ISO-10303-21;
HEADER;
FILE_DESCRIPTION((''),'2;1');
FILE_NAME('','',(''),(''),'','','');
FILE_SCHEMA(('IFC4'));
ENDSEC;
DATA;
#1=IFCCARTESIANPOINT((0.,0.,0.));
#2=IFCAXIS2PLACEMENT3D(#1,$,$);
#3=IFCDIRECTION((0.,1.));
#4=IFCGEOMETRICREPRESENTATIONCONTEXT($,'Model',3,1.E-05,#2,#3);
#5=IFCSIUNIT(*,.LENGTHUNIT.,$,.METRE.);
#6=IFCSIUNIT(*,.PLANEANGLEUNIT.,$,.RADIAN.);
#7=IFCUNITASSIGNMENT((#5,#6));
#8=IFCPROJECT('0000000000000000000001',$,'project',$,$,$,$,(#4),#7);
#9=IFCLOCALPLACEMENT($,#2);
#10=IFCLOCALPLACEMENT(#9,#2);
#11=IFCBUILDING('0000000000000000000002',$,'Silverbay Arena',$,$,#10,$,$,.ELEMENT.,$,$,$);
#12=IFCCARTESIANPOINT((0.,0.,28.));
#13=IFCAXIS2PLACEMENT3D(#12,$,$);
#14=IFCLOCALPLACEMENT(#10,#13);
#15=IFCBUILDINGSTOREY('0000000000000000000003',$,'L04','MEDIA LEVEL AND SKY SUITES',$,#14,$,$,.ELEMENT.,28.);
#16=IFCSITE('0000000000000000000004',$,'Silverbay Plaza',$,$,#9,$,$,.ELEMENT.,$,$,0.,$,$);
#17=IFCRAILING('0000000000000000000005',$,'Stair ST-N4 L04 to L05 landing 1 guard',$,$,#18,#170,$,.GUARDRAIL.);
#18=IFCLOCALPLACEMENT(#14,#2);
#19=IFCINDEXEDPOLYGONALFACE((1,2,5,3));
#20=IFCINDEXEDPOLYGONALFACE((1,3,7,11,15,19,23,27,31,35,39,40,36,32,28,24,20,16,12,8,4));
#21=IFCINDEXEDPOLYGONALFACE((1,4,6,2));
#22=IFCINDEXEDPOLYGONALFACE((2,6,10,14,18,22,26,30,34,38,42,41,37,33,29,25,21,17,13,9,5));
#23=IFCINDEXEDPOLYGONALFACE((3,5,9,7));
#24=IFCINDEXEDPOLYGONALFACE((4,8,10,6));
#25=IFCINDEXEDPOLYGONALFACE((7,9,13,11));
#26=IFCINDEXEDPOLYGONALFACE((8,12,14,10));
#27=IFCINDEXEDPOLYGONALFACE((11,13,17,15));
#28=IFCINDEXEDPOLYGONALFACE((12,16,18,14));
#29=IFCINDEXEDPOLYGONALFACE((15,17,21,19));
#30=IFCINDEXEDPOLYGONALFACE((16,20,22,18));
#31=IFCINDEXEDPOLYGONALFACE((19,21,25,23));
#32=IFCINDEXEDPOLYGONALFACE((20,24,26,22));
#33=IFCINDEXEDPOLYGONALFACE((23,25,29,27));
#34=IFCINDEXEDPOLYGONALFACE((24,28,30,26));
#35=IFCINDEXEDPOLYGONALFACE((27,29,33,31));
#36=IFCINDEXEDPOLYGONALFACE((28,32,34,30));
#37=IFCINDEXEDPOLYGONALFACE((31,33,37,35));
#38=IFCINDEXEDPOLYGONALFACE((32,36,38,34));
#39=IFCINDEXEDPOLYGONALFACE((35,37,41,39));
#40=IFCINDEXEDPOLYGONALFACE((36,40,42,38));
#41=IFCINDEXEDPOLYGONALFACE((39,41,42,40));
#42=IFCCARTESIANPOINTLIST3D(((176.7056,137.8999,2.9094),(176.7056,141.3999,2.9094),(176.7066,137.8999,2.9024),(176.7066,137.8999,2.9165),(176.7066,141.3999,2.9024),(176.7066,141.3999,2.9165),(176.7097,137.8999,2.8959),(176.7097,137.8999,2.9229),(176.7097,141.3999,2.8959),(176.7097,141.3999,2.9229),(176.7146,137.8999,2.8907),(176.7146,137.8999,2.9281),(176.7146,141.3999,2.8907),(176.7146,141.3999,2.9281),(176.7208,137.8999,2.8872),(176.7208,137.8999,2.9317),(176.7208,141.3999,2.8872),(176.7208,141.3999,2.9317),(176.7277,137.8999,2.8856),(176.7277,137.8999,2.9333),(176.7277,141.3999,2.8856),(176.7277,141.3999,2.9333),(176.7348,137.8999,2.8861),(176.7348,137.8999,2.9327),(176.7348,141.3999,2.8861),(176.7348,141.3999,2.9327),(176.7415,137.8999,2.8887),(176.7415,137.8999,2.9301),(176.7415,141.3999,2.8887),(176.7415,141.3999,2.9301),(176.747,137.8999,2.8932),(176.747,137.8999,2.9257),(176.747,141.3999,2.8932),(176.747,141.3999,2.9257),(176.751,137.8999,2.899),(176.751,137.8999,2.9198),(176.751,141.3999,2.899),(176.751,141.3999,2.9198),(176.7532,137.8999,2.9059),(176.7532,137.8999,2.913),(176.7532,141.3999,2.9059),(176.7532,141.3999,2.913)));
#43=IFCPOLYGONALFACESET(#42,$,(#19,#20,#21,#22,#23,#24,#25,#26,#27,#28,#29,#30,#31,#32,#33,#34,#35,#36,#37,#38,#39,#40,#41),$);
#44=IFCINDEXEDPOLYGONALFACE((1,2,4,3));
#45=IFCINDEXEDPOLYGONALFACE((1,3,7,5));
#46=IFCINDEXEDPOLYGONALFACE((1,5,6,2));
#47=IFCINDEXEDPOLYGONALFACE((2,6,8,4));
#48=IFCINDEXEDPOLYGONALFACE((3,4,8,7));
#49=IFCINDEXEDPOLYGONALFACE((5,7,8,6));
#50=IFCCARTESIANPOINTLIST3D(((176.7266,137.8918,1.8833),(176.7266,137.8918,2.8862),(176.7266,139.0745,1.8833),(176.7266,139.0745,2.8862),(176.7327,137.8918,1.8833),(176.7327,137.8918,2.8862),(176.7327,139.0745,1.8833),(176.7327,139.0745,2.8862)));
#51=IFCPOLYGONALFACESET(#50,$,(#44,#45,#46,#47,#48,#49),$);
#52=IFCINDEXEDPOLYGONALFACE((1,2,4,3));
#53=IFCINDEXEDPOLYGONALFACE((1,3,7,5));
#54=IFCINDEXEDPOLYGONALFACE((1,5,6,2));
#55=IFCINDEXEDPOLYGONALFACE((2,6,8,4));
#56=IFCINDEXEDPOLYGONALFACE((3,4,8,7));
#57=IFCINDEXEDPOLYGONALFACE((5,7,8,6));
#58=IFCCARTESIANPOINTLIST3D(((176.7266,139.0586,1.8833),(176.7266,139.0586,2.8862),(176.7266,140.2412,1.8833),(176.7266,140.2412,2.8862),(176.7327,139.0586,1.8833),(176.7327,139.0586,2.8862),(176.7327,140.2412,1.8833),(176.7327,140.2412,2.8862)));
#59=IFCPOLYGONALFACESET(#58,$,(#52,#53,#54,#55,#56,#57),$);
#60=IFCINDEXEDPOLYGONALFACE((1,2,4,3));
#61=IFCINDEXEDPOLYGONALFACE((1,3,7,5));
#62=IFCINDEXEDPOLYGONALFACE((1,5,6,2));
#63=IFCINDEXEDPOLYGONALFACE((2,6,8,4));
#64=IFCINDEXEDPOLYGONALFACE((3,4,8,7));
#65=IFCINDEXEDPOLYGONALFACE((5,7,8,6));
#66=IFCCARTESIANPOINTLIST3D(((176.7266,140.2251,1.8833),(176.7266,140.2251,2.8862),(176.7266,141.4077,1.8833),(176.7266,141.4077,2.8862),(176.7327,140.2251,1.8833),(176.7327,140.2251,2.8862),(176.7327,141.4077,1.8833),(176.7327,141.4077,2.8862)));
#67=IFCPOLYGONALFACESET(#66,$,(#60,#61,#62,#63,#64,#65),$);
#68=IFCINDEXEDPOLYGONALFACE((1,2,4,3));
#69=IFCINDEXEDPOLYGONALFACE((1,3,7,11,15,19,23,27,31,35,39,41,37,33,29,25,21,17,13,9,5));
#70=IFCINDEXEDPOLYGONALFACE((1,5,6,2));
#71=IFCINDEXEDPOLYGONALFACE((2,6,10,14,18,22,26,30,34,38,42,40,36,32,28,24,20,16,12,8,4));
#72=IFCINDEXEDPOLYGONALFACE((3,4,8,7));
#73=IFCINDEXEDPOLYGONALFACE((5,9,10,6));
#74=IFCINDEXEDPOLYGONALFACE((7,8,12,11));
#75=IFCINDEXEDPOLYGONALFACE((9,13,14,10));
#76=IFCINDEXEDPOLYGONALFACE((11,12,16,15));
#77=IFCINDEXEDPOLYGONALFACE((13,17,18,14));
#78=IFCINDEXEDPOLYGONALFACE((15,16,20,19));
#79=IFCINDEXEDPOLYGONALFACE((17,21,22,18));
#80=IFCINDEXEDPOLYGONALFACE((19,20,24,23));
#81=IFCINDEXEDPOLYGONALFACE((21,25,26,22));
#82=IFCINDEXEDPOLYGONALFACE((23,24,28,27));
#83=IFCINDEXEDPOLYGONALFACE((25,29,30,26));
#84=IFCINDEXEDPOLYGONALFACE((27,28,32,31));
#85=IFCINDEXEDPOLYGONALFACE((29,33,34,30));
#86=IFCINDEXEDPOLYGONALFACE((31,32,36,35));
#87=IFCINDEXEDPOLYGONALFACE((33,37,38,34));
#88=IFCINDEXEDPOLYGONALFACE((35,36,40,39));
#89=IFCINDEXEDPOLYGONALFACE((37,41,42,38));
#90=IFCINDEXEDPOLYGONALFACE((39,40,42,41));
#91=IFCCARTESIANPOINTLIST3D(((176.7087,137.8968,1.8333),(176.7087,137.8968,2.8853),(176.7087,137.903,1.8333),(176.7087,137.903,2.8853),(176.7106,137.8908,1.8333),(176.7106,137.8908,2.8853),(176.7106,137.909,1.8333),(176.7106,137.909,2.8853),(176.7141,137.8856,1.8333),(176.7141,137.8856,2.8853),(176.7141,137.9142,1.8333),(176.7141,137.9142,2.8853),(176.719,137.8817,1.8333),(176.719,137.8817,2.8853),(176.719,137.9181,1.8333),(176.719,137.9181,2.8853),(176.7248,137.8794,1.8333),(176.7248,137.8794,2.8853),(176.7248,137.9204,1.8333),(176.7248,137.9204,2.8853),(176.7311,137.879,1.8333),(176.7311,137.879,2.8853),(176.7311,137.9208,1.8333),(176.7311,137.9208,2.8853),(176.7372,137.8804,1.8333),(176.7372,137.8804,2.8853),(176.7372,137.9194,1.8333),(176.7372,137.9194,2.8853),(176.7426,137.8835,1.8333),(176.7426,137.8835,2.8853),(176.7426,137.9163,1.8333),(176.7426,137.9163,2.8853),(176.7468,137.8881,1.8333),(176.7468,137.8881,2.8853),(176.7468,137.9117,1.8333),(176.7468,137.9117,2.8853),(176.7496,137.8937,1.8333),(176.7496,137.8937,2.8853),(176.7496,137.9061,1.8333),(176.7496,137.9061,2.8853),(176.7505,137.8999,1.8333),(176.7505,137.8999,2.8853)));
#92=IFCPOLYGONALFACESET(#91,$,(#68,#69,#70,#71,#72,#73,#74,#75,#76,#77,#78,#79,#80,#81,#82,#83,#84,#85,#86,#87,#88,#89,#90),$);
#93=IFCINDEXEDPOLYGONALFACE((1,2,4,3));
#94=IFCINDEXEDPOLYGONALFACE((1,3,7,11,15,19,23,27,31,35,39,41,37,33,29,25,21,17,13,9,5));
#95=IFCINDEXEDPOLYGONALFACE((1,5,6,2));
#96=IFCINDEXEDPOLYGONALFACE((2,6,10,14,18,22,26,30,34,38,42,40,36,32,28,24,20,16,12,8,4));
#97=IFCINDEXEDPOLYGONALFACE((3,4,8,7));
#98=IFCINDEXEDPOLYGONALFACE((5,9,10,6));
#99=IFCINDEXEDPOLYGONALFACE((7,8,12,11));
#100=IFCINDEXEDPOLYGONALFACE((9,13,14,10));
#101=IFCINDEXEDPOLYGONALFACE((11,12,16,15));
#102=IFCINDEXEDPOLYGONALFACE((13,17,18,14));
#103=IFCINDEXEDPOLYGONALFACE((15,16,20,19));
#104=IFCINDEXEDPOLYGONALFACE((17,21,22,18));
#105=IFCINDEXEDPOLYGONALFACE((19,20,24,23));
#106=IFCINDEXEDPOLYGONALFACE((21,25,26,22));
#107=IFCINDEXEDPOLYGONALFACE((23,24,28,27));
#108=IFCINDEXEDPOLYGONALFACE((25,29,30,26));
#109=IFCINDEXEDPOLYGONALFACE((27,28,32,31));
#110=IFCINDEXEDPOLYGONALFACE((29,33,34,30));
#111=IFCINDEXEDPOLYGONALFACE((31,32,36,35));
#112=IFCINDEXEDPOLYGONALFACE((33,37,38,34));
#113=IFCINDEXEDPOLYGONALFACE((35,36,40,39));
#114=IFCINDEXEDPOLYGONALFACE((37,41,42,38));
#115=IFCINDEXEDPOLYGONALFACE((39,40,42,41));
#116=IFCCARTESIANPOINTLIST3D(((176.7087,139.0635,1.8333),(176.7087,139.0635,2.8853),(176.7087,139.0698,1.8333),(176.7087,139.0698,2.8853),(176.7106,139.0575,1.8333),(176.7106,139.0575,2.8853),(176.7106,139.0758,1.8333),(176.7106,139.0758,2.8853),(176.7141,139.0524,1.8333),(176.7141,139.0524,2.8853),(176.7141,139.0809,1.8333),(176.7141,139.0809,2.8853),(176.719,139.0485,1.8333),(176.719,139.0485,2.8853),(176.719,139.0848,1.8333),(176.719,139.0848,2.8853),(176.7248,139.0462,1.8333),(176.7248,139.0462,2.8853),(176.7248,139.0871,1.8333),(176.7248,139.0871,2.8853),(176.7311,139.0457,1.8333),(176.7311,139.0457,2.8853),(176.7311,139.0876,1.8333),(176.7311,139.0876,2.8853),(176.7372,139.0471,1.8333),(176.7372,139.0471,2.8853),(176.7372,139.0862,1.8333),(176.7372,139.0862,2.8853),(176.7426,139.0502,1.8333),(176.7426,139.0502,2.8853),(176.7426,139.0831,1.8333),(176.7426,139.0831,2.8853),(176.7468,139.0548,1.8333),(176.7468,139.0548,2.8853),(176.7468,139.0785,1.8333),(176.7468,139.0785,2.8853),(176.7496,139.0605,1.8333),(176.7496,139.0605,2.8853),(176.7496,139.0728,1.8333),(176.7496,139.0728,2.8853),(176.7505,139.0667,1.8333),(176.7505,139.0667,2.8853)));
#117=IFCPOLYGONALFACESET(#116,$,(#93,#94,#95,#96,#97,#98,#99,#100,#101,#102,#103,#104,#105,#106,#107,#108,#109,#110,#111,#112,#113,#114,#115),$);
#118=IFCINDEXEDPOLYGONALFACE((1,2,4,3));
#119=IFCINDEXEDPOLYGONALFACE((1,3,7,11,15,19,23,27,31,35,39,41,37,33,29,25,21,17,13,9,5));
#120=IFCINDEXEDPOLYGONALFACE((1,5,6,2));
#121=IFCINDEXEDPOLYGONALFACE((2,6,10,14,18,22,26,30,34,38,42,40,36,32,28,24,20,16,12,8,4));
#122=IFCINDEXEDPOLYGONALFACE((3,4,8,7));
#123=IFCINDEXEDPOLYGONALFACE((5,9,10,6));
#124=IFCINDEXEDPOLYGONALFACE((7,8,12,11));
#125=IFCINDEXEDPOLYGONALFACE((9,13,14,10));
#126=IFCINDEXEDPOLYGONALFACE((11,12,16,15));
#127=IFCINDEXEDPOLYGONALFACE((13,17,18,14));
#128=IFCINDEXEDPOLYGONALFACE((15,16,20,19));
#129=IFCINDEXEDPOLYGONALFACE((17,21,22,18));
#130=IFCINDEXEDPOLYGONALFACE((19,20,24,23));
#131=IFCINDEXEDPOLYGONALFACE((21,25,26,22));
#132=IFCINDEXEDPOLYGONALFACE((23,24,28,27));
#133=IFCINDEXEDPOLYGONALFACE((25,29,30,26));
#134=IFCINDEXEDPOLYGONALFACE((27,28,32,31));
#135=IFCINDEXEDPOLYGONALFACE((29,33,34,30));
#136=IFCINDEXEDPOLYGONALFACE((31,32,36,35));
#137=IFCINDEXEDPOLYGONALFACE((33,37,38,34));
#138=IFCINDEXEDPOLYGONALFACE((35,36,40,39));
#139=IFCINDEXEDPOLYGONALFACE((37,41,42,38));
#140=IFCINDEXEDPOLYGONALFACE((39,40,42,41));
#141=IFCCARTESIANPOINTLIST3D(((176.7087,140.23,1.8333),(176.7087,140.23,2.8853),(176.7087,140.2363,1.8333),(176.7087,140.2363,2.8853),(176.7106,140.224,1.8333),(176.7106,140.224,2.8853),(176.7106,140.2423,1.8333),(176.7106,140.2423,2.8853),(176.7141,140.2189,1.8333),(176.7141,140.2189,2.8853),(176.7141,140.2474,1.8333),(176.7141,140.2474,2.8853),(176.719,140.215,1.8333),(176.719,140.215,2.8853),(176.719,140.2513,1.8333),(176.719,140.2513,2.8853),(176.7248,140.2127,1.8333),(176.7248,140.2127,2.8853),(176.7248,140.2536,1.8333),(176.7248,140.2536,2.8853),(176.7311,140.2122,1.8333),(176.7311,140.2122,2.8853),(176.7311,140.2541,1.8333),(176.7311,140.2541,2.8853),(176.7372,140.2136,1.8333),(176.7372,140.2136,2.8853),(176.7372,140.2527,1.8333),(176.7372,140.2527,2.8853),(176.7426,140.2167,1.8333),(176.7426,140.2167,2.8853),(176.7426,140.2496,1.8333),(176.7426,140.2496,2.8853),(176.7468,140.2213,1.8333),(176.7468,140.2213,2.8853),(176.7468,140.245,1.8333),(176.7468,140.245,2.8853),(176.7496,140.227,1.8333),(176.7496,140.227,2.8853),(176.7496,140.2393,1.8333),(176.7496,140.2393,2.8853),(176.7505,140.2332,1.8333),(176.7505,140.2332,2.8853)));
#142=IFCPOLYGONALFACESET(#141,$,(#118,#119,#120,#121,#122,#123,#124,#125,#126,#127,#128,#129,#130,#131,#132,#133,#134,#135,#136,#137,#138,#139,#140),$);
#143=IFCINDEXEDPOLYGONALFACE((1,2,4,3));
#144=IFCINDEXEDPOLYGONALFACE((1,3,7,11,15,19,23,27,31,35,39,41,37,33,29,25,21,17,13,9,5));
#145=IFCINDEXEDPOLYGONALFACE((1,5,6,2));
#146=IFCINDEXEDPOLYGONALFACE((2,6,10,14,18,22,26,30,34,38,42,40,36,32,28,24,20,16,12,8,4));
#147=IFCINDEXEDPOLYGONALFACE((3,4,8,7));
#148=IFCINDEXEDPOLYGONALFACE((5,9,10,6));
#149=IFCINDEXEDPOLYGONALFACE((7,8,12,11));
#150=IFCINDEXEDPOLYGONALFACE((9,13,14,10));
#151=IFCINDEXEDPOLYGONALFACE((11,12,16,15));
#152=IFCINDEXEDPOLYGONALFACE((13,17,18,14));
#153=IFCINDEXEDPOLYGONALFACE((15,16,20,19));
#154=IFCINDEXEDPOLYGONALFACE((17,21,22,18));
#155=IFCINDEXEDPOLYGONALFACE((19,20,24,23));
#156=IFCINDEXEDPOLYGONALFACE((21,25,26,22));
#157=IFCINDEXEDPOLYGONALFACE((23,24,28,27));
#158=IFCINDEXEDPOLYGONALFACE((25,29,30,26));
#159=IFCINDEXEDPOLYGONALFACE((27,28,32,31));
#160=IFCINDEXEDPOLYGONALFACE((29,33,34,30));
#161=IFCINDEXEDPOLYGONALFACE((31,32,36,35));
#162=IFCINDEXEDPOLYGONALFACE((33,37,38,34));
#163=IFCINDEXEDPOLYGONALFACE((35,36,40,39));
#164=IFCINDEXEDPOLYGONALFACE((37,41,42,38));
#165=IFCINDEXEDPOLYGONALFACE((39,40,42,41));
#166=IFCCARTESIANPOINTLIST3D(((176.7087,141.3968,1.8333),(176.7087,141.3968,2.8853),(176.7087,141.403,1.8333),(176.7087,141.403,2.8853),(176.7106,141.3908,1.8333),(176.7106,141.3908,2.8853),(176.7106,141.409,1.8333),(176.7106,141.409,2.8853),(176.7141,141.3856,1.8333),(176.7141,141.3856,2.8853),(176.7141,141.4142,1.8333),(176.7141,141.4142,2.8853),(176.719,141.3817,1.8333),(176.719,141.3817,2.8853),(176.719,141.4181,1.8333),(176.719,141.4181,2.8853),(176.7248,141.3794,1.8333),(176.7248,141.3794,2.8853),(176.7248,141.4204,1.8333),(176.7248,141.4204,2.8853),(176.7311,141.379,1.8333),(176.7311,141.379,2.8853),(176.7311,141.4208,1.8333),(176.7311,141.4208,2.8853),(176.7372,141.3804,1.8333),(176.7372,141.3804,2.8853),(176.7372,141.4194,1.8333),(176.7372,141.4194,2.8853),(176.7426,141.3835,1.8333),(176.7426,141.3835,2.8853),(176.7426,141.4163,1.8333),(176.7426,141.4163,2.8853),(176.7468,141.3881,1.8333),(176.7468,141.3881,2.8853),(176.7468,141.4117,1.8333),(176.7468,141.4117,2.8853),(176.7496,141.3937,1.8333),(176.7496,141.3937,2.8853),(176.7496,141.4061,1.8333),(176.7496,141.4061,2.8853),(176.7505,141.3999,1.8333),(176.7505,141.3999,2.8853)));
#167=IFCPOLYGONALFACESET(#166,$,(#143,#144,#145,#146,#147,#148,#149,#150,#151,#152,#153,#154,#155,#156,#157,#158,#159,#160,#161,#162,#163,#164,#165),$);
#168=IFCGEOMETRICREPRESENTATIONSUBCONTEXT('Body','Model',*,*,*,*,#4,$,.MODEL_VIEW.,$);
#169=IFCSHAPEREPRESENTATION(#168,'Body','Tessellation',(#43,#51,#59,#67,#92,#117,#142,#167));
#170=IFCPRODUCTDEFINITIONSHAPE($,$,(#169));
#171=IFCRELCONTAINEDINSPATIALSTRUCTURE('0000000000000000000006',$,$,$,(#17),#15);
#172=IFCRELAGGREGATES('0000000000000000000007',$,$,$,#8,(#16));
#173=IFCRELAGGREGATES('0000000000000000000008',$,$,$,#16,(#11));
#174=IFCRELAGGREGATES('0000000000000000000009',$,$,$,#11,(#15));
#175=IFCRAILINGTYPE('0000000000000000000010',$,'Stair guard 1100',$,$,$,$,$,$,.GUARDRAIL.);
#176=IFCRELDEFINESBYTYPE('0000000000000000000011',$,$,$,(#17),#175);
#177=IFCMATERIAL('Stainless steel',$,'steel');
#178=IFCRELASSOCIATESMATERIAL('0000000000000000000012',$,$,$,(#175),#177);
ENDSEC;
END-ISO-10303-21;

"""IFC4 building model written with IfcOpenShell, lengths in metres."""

from ifc_helpers import new_model, si_unit, direction, frame, origin, origin_2d, place, context, subcontext, project, spatial, polyline, circle, outline, extrude, material, type_object, element, save


model = new_model("IFC4")

# Units and contexts
model_context = context("Model", 3, precision=1e-05, world=origin(), true_north=direction((0.0, 1.0)))
body_context = subcontext(model_context, "Body", "Model", "MODEL_VIEW")
ifc_project = project(units=[si_unit("LENGTHUNIT", "METRE"), si_unit("PLANEANGLEUNIT", "RADIAN")], contexts=[model_context])

# Site, building, storey
site_placement = place(None, origin())
site = spatial("IfcSite", under=ifc_project, at=site_placement, Name="Silverbay Plaza", CompositionType="ELEMENT", RefElevation=0.0)
building_placement = place(site_placement, origin())
building = spatial("IfcBuilding", under=site, at=building_placement, Name="Silverbay Arena", CompositionType="ELEMENT")
storey_placement = place(building_placement, frame((0.0, 0.0, 28.0)))
storey = spatial("IfcBuildingStorey", under=building, at=storey_placement, Name="L04", Description="MEDIA LEVEL AND SKY SUITES", CompositionType="ELEMENT", Elevation=28.0)

# Railing
ifc_material_1 = material(Name="Stainless steel", Category="steel")
railing_type_1 = type_object("IfcRailingType", Name="Stair guard 1100", PredefinedType="GUARDRAIL", material=ifc_material_1)
for number, where, name in (
    (1, (176.7295, 137.8999, 1.8333), "Stair ST-N4 L04 to L05 landing 1 guard"),
):
    element("IfcRailing", number, at=place(storey_placement, frame(where)), inside=storey, type_object=railing_type_1, Name=name, PredefinedType="GUARDRAIL", context=body_context, shape_type="SweptSolid", body=[
        extrude(circle(Radius=0.0239, at=origin_2d()), frame((0.0, 0.0, 1.0762), z_axis=(0.0, 1.0, 0.0), x_axis=(-1.0, 0.0, 0.0)), (0.0, 0.0, 1.0), 3.5),
        extrude(outline(polyline([(-0.0081, 0.05), (1.1746, 0.05), (1.1746, 1.053), (-0.0081, 1.053), (-0.0081, 0.05)])), frame((-0.0029, 0.0, 0.0), z_axis=(1.0, 0.0, 0.0), x_axis=(0.0, 1.0, 0.0)), (0.0, 0.0, 1.0), 0.0061),
        extrude(outline(polyline([(-0.0081, 0.05), (1.1746, 0.05), (1.1746, 1.053), (-0.0081, 1.053), (-0.0081, 0.05)])), frame((-0.0029, 1.1667, 0.0), z_axis=(1.0, 0.0, 0.0), x_axis=(0.0, 1.0, 0.0)), (0.0, 0.0, 1.0), 0.0061),
        extrude(outline(polyline([(-0.0081, 0.05), (1.1746, 0.05), (1.1746, 1.053), (-0.0081, 1.053), (-0.0081, 0.05)])), frame((-0.0029, 2.3333, 0.0), z_axis=(1.0, 0.0, 0.0), x_axis=(0.0, 1.0, 0.0)), (0.0, 0.0, 1.0), 0.0061),
        extrude(circle(Radius=0.021, at=origin_2d()), origin(), (0.0, 0.0, 1.0), 1.052),
        extrude(circle(Radius=0.021, at=origin_2d()), frame((0.0, 1.1667, 0.0)), (0.0, 0.0, 1.0), 1.052),
        extrude(circle(Radius=0.021, at=origin_2d()), frame((0.0, 2.3333, 0.0)), (0.0, 0.0, 1.0), 1.052),
        extrude(circle(Radius=0.021, at=origin_2d()), frame((0.0, 3.5, 0.0)), (0.0, 0.0, 1.0), 1.052),
    ])

save(model, "model.ifc")
